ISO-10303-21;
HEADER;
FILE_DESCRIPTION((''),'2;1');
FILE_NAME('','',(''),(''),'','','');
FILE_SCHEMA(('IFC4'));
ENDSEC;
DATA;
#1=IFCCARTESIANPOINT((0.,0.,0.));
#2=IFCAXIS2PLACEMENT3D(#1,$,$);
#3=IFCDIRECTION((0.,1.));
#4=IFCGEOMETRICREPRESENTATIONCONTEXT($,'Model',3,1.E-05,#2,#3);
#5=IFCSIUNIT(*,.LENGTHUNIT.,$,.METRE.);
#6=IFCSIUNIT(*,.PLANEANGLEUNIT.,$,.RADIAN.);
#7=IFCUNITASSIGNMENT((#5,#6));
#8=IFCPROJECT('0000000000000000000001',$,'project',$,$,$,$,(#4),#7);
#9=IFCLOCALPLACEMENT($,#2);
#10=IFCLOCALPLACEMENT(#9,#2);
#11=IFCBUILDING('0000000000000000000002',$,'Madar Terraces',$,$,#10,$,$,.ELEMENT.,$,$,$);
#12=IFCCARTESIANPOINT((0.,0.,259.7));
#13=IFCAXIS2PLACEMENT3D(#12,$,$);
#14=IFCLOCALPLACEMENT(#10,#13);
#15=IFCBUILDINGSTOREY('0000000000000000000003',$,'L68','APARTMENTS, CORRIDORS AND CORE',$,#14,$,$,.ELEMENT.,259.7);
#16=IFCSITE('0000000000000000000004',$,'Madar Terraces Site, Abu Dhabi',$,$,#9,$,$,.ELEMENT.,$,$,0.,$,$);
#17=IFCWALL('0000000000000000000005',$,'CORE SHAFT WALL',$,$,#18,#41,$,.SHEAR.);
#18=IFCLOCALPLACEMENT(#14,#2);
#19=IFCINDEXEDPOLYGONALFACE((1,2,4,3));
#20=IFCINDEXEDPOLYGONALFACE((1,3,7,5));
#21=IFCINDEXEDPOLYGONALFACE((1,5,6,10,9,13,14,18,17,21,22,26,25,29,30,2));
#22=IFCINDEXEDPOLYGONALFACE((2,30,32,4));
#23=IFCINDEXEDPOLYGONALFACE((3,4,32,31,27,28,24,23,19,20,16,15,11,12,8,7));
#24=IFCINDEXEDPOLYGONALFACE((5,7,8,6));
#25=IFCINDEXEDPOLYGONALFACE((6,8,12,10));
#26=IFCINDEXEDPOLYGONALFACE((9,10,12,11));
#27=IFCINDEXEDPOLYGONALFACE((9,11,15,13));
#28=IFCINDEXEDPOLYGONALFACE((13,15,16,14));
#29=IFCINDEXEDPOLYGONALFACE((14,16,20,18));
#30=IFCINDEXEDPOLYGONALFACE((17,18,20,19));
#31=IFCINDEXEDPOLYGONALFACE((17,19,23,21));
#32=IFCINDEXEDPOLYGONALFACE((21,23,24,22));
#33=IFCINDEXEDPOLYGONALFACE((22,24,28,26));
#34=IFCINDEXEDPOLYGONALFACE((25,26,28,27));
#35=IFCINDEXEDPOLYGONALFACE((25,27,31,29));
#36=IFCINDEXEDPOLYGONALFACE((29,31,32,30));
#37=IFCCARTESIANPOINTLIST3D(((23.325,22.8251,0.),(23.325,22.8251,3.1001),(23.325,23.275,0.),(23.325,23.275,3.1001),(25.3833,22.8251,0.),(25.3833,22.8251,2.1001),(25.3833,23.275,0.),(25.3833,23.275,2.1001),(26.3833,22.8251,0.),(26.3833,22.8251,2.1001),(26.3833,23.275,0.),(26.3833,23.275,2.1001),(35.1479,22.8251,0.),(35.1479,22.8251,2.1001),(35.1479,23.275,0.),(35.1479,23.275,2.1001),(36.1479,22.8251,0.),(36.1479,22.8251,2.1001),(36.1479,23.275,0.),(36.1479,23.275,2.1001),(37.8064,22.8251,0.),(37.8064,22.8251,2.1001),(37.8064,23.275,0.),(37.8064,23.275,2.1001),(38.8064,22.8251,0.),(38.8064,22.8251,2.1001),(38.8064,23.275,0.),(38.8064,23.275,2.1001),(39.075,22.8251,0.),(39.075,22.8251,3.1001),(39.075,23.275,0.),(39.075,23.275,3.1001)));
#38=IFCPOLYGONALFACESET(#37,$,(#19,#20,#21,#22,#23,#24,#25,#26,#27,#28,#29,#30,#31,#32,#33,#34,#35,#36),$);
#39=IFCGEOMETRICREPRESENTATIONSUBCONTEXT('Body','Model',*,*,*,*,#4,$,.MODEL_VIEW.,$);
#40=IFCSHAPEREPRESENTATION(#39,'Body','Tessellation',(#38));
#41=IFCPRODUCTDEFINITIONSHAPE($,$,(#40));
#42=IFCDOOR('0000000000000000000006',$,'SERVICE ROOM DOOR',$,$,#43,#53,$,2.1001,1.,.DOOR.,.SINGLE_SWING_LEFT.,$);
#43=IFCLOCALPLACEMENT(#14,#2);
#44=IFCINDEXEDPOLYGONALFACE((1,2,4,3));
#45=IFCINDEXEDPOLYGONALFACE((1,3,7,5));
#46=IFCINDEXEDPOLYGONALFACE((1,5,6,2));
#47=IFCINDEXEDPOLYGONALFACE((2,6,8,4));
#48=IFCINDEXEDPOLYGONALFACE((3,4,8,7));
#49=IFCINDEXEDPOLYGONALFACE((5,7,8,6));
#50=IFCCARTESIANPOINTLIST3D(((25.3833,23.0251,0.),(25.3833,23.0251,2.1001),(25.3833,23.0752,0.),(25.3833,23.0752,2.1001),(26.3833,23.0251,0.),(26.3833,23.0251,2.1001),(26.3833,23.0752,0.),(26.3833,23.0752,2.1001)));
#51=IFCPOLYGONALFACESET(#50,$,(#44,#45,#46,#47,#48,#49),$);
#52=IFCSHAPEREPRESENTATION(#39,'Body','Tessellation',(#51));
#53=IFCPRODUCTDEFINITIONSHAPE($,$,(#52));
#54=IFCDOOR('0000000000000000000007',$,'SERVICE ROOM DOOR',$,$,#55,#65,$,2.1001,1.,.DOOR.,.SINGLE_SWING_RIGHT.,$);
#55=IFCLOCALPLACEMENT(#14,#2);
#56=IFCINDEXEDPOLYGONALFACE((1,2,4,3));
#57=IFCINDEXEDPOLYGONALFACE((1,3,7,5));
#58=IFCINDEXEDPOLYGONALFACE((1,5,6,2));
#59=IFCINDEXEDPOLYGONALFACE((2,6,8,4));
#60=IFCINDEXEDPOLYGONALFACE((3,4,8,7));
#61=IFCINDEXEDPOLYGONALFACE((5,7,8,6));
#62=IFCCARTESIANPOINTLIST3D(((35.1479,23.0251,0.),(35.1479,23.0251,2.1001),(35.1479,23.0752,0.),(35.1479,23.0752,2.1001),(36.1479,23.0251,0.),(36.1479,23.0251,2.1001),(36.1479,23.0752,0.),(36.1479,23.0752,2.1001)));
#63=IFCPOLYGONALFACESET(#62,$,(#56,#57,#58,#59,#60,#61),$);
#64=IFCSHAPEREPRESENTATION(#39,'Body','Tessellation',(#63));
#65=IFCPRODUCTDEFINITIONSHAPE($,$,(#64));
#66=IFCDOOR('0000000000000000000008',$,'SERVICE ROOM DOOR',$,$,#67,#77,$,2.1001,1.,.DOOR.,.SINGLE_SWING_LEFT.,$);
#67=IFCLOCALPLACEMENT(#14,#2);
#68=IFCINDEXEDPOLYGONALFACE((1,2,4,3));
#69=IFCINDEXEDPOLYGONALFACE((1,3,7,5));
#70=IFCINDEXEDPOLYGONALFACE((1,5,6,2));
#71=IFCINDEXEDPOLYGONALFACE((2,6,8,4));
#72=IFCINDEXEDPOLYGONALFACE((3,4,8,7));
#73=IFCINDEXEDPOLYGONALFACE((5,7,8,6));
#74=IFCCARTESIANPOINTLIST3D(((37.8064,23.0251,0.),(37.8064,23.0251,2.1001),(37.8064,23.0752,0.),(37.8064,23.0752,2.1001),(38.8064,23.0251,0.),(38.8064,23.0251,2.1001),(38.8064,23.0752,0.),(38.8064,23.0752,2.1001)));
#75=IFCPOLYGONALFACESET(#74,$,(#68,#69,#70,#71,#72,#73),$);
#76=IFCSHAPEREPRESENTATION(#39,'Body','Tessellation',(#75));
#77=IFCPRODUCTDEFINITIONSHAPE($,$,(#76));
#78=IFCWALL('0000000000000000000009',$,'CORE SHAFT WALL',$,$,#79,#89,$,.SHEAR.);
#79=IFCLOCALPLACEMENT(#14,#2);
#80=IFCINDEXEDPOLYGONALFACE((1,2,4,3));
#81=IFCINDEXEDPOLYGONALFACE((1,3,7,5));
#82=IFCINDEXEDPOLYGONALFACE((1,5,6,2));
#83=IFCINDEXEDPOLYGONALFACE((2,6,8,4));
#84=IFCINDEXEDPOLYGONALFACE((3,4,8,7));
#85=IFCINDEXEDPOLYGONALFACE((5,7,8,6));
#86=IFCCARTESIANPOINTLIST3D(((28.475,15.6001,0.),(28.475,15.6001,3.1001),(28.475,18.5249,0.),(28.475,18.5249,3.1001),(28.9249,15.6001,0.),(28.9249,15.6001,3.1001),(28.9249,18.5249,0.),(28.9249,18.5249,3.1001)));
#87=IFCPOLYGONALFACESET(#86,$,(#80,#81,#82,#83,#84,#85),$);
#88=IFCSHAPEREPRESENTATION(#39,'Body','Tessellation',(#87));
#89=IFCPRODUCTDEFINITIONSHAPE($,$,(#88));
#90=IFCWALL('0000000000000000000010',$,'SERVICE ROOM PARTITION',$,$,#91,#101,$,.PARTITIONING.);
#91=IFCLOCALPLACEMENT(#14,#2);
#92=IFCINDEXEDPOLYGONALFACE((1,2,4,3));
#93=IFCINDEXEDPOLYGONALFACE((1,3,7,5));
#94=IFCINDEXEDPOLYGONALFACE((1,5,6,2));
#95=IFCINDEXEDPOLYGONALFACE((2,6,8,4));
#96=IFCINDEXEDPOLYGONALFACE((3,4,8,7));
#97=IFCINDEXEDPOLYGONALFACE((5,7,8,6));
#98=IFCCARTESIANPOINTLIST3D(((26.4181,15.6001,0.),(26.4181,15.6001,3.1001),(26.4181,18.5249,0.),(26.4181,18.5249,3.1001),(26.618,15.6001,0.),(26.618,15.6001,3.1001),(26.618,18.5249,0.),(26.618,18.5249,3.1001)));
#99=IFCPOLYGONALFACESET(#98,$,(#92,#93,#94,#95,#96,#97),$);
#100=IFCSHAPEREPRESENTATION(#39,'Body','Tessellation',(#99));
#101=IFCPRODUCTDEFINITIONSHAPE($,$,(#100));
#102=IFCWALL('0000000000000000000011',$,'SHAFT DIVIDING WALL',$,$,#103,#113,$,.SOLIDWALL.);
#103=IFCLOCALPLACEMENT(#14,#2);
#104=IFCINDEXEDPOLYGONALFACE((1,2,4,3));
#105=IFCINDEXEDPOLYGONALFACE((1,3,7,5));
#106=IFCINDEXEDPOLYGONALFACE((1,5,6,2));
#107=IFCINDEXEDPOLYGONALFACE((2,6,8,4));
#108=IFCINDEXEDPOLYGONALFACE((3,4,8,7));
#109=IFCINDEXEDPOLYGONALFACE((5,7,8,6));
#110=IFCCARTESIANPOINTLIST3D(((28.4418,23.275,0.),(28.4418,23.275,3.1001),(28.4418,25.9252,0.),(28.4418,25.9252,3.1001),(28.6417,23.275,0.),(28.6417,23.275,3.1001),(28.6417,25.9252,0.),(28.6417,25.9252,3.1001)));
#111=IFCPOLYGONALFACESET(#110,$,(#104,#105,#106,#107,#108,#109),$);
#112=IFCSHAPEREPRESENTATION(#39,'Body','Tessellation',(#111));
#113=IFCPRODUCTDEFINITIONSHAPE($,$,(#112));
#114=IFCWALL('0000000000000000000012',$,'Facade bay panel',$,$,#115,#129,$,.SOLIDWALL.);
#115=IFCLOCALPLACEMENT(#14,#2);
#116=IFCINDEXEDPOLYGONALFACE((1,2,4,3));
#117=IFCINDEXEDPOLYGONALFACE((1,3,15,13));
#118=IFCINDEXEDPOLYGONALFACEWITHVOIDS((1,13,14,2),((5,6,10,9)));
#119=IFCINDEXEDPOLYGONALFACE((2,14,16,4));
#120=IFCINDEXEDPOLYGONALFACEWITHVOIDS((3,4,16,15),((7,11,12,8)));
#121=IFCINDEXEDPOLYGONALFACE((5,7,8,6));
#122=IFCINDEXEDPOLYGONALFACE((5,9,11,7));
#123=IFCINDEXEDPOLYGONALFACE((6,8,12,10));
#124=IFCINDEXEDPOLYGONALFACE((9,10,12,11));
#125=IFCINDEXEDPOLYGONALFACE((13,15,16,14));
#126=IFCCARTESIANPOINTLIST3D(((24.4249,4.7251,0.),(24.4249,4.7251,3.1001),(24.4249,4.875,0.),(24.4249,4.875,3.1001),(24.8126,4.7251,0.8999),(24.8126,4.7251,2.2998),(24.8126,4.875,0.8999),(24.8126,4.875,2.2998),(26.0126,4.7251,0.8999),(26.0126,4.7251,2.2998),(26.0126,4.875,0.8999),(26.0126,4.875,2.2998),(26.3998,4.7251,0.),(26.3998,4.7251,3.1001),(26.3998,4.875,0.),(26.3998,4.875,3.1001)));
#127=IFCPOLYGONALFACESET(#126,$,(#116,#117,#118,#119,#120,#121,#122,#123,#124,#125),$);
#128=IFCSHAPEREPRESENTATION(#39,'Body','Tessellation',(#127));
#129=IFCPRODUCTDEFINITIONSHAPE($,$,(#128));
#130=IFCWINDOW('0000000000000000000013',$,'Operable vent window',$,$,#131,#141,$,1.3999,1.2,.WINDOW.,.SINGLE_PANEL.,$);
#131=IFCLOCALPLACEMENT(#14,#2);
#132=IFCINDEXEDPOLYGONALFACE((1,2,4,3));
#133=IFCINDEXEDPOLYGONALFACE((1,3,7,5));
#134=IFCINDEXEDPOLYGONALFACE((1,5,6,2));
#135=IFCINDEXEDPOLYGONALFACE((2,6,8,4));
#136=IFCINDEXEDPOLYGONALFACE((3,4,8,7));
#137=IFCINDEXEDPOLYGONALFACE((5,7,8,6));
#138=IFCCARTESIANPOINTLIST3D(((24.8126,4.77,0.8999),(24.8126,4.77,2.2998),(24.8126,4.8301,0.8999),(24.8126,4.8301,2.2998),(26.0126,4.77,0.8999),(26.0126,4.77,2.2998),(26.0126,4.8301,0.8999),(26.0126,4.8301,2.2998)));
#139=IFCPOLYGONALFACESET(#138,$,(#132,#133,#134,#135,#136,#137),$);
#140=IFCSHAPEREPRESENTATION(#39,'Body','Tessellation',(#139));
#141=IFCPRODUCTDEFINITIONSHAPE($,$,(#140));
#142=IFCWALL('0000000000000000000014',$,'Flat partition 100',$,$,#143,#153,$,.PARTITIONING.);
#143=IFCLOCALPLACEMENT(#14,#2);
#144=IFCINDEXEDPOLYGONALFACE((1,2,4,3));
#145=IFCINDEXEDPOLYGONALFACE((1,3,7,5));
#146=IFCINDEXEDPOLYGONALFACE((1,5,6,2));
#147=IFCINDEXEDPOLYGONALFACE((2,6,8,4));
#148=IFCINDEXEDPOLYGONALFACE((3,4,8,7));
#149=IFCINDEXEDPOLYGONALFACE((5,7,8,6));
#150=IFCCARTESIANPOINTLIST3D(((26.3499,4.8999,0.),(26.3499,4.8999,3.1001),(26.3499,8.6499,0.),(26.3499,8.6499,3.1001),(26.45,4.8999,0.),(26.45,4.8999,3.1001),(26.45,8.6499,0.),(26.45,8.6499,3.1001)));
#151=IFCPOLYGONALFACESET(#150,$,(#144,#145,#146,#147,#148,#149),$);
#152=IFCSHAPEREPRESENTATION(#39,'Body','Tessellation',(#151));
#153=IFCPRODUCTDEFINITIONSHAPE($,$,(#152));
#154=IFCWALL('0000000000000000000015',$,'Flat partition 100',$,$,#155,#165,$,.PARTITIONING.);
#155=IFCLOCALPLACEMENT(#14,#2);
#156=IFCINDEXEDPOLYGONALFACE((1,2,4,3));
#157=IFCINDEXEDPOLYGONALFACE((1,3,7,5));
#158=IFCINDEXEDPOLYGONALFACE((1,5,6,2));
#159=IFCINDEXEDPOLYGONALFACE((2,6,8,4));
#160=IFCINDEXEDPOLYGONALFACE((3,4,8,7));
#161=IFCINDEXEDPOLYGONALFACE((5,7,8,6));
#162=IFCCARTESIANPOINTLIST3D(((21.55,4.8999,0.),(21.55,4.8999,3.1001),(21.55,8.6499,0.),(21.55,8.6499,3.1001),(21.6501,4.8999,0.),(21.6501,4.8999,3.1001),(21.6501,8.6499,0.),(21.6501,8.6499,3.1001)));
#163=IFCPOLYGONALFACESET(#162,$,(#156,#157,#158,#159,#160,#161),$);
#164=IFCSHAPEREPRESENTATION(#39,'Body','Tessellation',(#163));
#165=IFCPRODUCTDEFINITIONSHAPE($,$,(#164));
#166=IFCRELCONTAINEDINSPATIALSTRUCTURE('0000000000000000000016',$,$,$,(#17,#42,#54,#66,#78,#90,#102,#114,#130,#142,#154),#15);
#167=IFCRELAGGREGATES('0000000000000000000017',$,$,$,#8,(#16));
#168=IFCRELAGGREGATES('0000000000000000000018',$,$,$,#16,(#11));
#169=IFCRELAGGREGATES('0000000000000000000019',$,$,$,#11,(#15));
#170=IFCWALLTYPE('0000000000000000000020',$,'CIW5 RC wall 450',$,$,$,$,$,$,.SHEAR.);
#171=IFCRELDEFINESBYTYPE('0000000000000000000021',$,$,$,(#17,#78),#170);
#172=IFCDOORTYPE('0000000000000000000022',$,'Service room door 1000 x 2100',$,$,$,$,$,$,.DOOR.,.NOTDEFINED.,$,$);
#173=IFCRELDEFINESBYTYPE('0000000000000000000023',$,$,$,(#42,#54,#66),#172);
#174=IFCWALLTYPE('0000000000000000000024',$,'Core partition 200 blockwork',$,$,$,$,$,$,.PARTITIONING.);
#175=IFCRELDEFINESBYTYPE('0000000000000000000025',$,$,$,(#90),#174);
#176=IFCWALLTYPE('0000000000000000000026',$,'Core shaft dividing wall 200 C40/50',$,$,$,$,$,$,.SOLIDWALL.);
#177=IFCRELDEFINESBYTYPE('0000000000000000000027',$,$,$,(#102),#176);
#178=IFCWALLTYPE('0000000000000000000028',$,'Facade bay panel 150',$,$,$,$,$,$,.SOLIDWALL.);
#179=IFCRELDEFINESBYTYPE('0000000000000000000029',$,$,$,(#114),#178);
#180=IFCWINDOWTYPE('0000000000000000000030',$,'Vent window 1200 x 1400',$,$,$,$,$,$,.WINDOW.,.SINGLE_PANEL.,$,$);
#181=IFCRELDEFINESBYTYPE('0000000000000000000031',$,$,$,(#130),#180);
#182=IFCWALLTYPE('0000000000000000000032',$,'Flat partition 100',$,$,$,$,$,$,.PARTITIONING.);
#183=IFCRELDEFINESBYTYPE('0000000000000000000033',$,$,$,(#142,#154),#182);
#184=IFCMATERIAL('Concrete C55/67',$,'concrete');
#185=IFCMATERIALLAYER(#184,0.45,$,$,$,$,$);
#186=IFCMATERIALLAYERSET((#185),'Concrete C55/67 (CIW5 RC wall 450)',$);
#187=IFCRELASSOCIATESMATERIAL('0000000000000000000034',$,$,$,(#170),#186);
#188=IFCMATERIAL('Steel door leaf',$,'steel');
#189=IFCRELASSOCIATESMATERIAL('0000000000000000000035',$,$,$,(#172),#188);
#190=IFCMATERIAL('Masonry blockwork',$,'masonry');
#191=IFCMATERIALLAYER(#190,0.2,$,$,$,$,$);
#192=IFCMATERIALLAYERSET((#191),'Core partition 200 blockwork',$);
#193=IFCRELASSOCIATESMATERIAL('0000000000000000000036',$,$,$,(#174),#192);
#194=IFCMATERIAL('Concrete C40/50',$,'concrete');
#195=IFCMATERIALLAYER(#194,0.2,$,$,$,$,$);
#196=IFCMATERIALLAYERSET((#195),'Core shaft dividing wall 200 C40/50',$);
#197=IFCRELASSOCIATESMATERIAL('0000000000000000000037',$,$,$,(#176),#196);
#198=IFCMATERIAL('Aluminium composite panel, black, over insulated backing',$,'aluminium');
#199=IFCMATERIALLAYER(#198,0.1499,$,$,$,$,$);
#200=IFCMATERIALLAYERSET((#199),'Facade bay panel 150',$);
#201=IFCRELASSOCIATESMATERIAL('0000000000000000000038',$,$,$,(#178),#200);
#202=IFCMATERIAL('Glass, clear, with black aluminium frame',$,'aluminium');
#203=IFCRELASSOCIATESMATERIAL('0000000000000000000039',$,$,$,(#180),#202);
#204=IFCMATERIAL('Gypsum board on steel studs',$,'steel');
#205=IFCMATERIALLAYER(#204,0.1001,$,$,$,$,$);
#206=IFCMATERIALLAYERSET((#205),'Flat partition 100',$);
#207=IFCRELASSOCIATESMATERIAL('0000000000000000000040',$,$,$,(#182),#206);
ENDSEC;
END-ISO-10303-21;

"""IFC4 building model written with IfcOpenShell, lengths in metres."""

from ifc_helpers import new_model, si_unit, direction, frame, frame_2d, origin, place, context, subcontext, project, spatial, rectangle, extrude, material, layer, layer_set, type_object, element, fill, save


model = new_model("IFC4")

# Units and contexts
model_context = context("Model", 3, precision=1e-05, world=origin(), true_north=direction((0.0, 1.0)))
body_context = subcontext(model_context, "Body", "Model", "MODEL_VIEW")
ifc_project = project(units=[si_unit("LENGTHUNIT", "METRE"), si_unit("PLANEANGLEUNIT", "RADIAN")], contexts=[model_context])

# Site, building, storey
site_placement = place(None, origin())
site = spatial("IfcSite", under=ifc_project, at=site_placement, Name="Madar Terraces Site, Abu Dhabi", CompositionType="ELEMENT", RefElevation=0.0)
building_placement = place(site_placement, origin())
building = spatial("IfcBuilding", under=site, at=building_placement, Name="Madar Terraces", CompositionType="ELEMENT")
storey_placement = place(building_placement, frame((0.0, 0.0, 259.7)))
storey = spatial("IfcBuildingStorey", under=building, at=storey_placement, Name="L68", Description="APARTMENTS, CORRIDORS AND CORE", CompositionType="ELEMENT", Elevation=259.7)

# Shared definitions
ifc_material_1 = material(Name="Concrete C55/67", Category="concrete")
ifc_layer_1 = layer(ifc_material_1, 0.45)
ifc_layer_set_1 = layer_set([ifc_layer_1], Name="Concrete C55/67 (CIW5 RC wall 450)")
wall_type_1 = type_object("IfcWallType", Name="CIW5 RC wall 450", PredefinedType="SHEAR", material=ifc_layer_set_1)

# Wall, openings, doors
ifc_material_2 = material(Name="Steel door leaf", Category="steel")
door_type = type_object("IfcDoorType", Name="Service room door 1000 x 2100", OperationType="NOTDEFINED", PredefinedType="DOOR", material=ifc_material_2)
wall_1_placement = place(storey_placement, frame((23.325, 23.05, 0.0), z_axis=(0.0, 0.0, 1.0), x_axis=(1.0, 0.0, 0.0)))
wall_1 = element("IfcWall", 1, at=wall_1_placement, inside=storey, type_object=wall_type_1, Name="CORE SHAFT WALL", PredefinedType="SHEAR", context=body_context, shape_type="SweptSolid", body=[
    extrude(rectangle(XDim=15.75, YDim=0.45, at=frame_2d((7.875, 0.0))), origin(), (0.0, 0.0, 1.0), 3.1001),
])
opening_1_placement = place(wall_1_placement, frame((2.0583, 0.0, 0.0)))
opening_1 = element("IfcOpeningElement", 2, at=opening_1_placement, cuts=wall_1, PredefinedType="OPENING", context=body_context, shape_type="SweptSolid", body=[
    extrude(rectangle(XDim=1.0, YDim=2.1001, at=frame_2d((0.5, 1.05))), frame((0.0, 0.2349, 0.0), z_axis=(0.0, -1.0, 0.0), x_axis=(1.0, 0.0, 0.0)), (0.0, 0.0, 1.0), 0.47),
])
opening_2_placement = place(wall_1_placement, frame((11.823, 0.0, 0.0)))
opening_2 = element("IfcOpeningElement", 3, at=opening_2_placement, cuts=wall_1, PredefinedType="OPENING", context=body_context, shape_type="SweptSolid", body=[
    extrude(rectangle(XDim=1.0, YDim=2.1001, at=frame_2d((0.5, 1.05))), frame((0.0, 0.2349, 0.0), z_axis=(0.0, -1.0, 0.0), x_axis=(1.0, 0.0, 0.0)), (0.0, 0.0, 1.0), 0.47),
])
opening_3_placement = place(wall_1_placement, frame((14.4814, 0.0, 0.0)))
opening_3 = element("IfcOpeningElement", 4, at=opening_3_placement, cuts=wall_1, PredefinedType="OPENING", context=body_context, shape_type="SweptSolid", body=[
    extrude(rectangle(XDim=1.0, YDim=2.1001, at=frame_2d((0.5, 1.05))), frame((0.0, 0.2349, 0.0), z_axis=(0.0, -1.0, 0.0), x_axis=(1.0, 0.0, 0.0)), (0.0, 0.0, 1.0), 0.47),
])
door_1_placement = place(opening_1_placement, frame((1.0, 0.0, 0.0), z_axis=(0.0, 0.0, 1.0), x_axis=(-1.0, 0.0, 0.0)))
door_1 = element("IfcDoor", 5, at=door_1_placement, inside=storey, type_object=door_type, Name="SERVICE ROOM DOOR", OperationType="SINGLE_SWING_LEFT", OverallHeight=2.1001, OverallWidth=1.0, PredefinedType="DOOR", context=body_context, shape_type="SweptSolid", body=[
    extrude(rectangle(XDim=1.0, YDim=2.1001, at=frame_2d((0.5, 1.05))), frame((0.0, 0.0249, 0.0), z_axis=(0.0, -1.0, 0.0), x_axis=(1.0, 0.0, 0.0)), (0.0, 0.0, 1.0), 0.05),
])
fill(opening_1, door_1)
door_2_placement = place(opening_2_placement, frame((1.0, 0.0, 0.0), z_axis=(0.0, 0.0, 1.0), x_axis=(-1.0, 0.0, 0.0)))
door_2 = element("IfcDoor", 6, at=door_2_placement, inside=storey, type_object=door_type, Name="SERVICE ROOM DOOR", OperationType="SINGLE_SWING_RIGHT", OverallHeight=2.1001, OverallWidth=1.0, PredefinedType="DOOR", context=body_context, shape_type="SweptSolid", body=[
    extrude(rectangle(XDim=1.0, YDim=2.1001, at=frame_2d((0.5, 1.05))), frame((0.0, 0.0249, 0.0), z_axis=(0.0, -1.0, 0.0), x_axis=(1.0, 0.0, 0.0)), (0.0, 0.0, 1.0), 0.05),
])
fill(opening_2, door_2)
door_3_placement = place(opening_3_placement, frame((1.0, 0.0, 0.0), z_axis=(0.0, 0.0, 1.0), x_axis=(-1.0, 0.0, 0.0)))
door_3 = element("IfcDoor", 7, at=door_3_placement, inside=storey, type_object=door_type, Name="SERVICE ROOM DOOR", OperationType="SINGLE_SWING_LEFT", OverallHeight=2.1001, OverallWidth=1.0, PredefinedType="DOOR", context=body_context, shape_type="SweptSolid", body=[
    extrude(rectangle(XDim=1.0, YDim=2.1001, at=frame_2d((0.5, 1.05))), frame((0.0, 0.0249, 0.0), z_axis=(0.0, -1.0, 0.0), x_axis=(1.0, 0.0, 0.0)), (0.0, 0.0, 1.0), 0.05),
])
fill(opening_3, door_3)

# Walls
wall_2_placement = place(storey_placement, frame((28.7, 15.6001, 0.0), z_axis=(0.0, 0.0, 1.0), x_axis=(0.0, 1.0, 0.0)))
element("IfcWall", 8, at=wall_2_placement, inside=storey, type_object=wall_type_1, Name="CORE SHAFT WALL", PredefinedType="SHEAR", context=body_context, shape_type="SweptSolid", body=[
    extrude(rectangle(XDim=2.9248, YDim=0.45, at=frame_2d((1.4624, 0.0))), origin(), (0.0, 0.0, 1.0), 3.1001),
])
ifc_material_3 = material(Name="Masonry blockwork", Category="masonry")
ifc_layer_2 = layer(ifc_material_3, 0.2)
ifc_layer_set_2 = layer_set([ifc_layer_2], Name="Core partition 200 blockwork")
wall_type_2 = type_object("IfcWallType", Name="Core partition 200 blockwork", PredefinedType="PARTITIONING", material=ifc_layer_set_2)
wall_3_placement = place(storey_placement, frame((26.5181, 15.6001, 0.0), z_axis=(0.0, 0.0, 1.0), x_axis=(0.0, 1.0, 0.0)))
element("IfcWall", 9, at=wall_3_placement, inside=storey, type_object=wall_type_2, Name="SERVICE ROOM PARTITION", PredefinedType="PARTITIONING", context=body_context, shape_type="SweptSolid", body=[
    extrude(rectangle(XDim=2.9248, YDim=0.2, at=frame_2d((1.4624, 0.0))), origin(), (0.0, 0.0, 1.0), 3.1001),
])
ifc_material_4 = material(Name="Concrete C40/50", Category="concrete")
ifc_layer_3 = layer(ifc_material_4, 0.2)
ifc_layer_set_3 = layer_set([ifc_layer_3], Name="Core shaft dividing wall 200 C40/50")
wall_type_3 = type_object("IfcWallType", Name="Core shaft dividing wall 200 C40/50", PredefinedType="SOLIDWALL", material=ifc_layer_set_3)
wall_4_placement = place(storey_placement, frame((28.5417, 23.2749, 0.0), z_axis=(0.0, 0.0, 1.0), x_axis=(0.0, 1.0, 0.0)))
element("IfcWall", 10, at=wall_4_placement, inside=storey, type_object=wall_type_3, Name="SHAFT DIVIDING WALL", PredefinedType="SOLIDWALL", context=body_context, shape_type="SweptSolid", body=[
    extrude(rectangle(XDim=2.6501, YDim=0.2, at=frame_2d((1.3252, 0.0))), origin(), (0.0, 0.0, 1.0), 3.1001),
])

# Wall, opening, window
ifc_material_5 = material(Name="Aluminium composite panel, black, over insulated backing", Category="aluminium")
ifc_layer_4 = layer(ifc_material_5, 0.1499)
ifc_layer_set_4 = layer_set([ifc_layer_4], Name="Facade bay panel 150")
wall_type_4 = type_object("IfcWallType", Name="Facade bay panel 150", PredefinedType="SOLIDWALL", material=ifc_layer_set_4)
wall_5_placement = place(storey_placement, frame((24.425, 4.8, 0.0), z_axis=(0.0, 0.0, 1.0), x_axis=(1.0, 0.0, 0.0)))
wall_5 = element("IfcWall", 11, at=wall_5_placement, inside=storey, type_object=wall_type_4, Name="Facade bay panel", PredefinedType="SOLIDWALL", context=body_context, shape_type="SweptSolid", body=[
    extrude(rectangle(XDim=1.9749, YDim=0.1499, at=frame_2d((0.9873, 0.0))), origin(), (0.0, 0.0, 1.0), 3.1001),
])
opening_4_placement = place(wall_5_placement, frame((0.3875, 0.0, 0.8999)))
opening_4 = element("IfcOpeningElement", 12, at=opening_4_placement, cuts=wall_5, PredefinedType="OPENING", context=body_context, shape_type="SweptSolid", body=[
    extrude(rectangle(XDim=1.2, YDim=1.3999, at=frame_2d((0.6001, 0.7))), frame((0.0, 0.085, 0.0), z_axis=(0.0, -1.0, 0.0), x_axis=(1.0, 0.0, 0.0)), (0.0, 0.0, 1.0), 0.1699),
])
ifc_material_6 = material(Name="Glass, clear, with black aluminium frame", Category="aluminium")
window_type = type_object("IfcWindowType", Name="Vent window 1200 x 1400", PartitioningType="SINGLE_PANEL", PredefinedType="WINDOW", material=ifc_material_6)
window_placement = place(opening_4_placement, origin())
window = element("IfcWindow", 13, at=window_placement, inside=storey, type_object=window_type, Name="Operable vent window", OverallHeight=1.3999, OverallWidth=1.2, PartitioningType="SINGLE_PANEL", PredefinedType="WINDOW", context=body_context, shape_type="SweptSolid", body=[
    extrude(rectangle(XDim=1.2, YDim=1.3999, at=frame_2d((0.6001, 0.7))), frame((0.0, 0.03, 0.0), z_axis=(0.0, -1.0, 0.0), x_axis=(1.0, 0.0, 0.0)), (0.0, 0.0, 1.0), 0.0601),
])
fill(opening_4, window)

# Walls
ifc_material_7 = material(Name="Gypsum board on steel studs", Category="steel")
ifc_layer_5 = layer(ifc_material_7, 0.1001)
ifc_layer_set_5 = layer_set([ifc_layer_5], Name="Flat partition 100")
wall_type_5 = type_object("IfcWallType", Name="Flat partition 100", PredefinedType="PARTITIONING", material=ifc_layer_set_5)
for number, where, z_axis, x_axis, name in (
    (14, (26.3999, 8.6499, 0.0), (0.0, 0.0, 1.0), (0.0, -1.0, 0.0), "Flat partition 100"),
    (15, (21.6001, 8.6499, 0.0), (0.0, 0.0, 1.0), (0.0, -1.0, 0.0), "Flat partition 100"),
):
    element("IfcWall", number, at=place(storey_placement, frame(where, z_axis=z_axis, x_axis=x_axis)), inside=storey, type_object=wall_type_5, Name=name, PredefinedType="PARTITIONING", context=body_context, shape_type="SweptSolid", body=[
        extrude(rectangle(XDim=3.75, YDim=0.1001, at=frame_2d((1.875, 0.0))), origin(), (0.0, 0.0, 1.0), 3.1001),
    ])

save(model, "model.ifc")
